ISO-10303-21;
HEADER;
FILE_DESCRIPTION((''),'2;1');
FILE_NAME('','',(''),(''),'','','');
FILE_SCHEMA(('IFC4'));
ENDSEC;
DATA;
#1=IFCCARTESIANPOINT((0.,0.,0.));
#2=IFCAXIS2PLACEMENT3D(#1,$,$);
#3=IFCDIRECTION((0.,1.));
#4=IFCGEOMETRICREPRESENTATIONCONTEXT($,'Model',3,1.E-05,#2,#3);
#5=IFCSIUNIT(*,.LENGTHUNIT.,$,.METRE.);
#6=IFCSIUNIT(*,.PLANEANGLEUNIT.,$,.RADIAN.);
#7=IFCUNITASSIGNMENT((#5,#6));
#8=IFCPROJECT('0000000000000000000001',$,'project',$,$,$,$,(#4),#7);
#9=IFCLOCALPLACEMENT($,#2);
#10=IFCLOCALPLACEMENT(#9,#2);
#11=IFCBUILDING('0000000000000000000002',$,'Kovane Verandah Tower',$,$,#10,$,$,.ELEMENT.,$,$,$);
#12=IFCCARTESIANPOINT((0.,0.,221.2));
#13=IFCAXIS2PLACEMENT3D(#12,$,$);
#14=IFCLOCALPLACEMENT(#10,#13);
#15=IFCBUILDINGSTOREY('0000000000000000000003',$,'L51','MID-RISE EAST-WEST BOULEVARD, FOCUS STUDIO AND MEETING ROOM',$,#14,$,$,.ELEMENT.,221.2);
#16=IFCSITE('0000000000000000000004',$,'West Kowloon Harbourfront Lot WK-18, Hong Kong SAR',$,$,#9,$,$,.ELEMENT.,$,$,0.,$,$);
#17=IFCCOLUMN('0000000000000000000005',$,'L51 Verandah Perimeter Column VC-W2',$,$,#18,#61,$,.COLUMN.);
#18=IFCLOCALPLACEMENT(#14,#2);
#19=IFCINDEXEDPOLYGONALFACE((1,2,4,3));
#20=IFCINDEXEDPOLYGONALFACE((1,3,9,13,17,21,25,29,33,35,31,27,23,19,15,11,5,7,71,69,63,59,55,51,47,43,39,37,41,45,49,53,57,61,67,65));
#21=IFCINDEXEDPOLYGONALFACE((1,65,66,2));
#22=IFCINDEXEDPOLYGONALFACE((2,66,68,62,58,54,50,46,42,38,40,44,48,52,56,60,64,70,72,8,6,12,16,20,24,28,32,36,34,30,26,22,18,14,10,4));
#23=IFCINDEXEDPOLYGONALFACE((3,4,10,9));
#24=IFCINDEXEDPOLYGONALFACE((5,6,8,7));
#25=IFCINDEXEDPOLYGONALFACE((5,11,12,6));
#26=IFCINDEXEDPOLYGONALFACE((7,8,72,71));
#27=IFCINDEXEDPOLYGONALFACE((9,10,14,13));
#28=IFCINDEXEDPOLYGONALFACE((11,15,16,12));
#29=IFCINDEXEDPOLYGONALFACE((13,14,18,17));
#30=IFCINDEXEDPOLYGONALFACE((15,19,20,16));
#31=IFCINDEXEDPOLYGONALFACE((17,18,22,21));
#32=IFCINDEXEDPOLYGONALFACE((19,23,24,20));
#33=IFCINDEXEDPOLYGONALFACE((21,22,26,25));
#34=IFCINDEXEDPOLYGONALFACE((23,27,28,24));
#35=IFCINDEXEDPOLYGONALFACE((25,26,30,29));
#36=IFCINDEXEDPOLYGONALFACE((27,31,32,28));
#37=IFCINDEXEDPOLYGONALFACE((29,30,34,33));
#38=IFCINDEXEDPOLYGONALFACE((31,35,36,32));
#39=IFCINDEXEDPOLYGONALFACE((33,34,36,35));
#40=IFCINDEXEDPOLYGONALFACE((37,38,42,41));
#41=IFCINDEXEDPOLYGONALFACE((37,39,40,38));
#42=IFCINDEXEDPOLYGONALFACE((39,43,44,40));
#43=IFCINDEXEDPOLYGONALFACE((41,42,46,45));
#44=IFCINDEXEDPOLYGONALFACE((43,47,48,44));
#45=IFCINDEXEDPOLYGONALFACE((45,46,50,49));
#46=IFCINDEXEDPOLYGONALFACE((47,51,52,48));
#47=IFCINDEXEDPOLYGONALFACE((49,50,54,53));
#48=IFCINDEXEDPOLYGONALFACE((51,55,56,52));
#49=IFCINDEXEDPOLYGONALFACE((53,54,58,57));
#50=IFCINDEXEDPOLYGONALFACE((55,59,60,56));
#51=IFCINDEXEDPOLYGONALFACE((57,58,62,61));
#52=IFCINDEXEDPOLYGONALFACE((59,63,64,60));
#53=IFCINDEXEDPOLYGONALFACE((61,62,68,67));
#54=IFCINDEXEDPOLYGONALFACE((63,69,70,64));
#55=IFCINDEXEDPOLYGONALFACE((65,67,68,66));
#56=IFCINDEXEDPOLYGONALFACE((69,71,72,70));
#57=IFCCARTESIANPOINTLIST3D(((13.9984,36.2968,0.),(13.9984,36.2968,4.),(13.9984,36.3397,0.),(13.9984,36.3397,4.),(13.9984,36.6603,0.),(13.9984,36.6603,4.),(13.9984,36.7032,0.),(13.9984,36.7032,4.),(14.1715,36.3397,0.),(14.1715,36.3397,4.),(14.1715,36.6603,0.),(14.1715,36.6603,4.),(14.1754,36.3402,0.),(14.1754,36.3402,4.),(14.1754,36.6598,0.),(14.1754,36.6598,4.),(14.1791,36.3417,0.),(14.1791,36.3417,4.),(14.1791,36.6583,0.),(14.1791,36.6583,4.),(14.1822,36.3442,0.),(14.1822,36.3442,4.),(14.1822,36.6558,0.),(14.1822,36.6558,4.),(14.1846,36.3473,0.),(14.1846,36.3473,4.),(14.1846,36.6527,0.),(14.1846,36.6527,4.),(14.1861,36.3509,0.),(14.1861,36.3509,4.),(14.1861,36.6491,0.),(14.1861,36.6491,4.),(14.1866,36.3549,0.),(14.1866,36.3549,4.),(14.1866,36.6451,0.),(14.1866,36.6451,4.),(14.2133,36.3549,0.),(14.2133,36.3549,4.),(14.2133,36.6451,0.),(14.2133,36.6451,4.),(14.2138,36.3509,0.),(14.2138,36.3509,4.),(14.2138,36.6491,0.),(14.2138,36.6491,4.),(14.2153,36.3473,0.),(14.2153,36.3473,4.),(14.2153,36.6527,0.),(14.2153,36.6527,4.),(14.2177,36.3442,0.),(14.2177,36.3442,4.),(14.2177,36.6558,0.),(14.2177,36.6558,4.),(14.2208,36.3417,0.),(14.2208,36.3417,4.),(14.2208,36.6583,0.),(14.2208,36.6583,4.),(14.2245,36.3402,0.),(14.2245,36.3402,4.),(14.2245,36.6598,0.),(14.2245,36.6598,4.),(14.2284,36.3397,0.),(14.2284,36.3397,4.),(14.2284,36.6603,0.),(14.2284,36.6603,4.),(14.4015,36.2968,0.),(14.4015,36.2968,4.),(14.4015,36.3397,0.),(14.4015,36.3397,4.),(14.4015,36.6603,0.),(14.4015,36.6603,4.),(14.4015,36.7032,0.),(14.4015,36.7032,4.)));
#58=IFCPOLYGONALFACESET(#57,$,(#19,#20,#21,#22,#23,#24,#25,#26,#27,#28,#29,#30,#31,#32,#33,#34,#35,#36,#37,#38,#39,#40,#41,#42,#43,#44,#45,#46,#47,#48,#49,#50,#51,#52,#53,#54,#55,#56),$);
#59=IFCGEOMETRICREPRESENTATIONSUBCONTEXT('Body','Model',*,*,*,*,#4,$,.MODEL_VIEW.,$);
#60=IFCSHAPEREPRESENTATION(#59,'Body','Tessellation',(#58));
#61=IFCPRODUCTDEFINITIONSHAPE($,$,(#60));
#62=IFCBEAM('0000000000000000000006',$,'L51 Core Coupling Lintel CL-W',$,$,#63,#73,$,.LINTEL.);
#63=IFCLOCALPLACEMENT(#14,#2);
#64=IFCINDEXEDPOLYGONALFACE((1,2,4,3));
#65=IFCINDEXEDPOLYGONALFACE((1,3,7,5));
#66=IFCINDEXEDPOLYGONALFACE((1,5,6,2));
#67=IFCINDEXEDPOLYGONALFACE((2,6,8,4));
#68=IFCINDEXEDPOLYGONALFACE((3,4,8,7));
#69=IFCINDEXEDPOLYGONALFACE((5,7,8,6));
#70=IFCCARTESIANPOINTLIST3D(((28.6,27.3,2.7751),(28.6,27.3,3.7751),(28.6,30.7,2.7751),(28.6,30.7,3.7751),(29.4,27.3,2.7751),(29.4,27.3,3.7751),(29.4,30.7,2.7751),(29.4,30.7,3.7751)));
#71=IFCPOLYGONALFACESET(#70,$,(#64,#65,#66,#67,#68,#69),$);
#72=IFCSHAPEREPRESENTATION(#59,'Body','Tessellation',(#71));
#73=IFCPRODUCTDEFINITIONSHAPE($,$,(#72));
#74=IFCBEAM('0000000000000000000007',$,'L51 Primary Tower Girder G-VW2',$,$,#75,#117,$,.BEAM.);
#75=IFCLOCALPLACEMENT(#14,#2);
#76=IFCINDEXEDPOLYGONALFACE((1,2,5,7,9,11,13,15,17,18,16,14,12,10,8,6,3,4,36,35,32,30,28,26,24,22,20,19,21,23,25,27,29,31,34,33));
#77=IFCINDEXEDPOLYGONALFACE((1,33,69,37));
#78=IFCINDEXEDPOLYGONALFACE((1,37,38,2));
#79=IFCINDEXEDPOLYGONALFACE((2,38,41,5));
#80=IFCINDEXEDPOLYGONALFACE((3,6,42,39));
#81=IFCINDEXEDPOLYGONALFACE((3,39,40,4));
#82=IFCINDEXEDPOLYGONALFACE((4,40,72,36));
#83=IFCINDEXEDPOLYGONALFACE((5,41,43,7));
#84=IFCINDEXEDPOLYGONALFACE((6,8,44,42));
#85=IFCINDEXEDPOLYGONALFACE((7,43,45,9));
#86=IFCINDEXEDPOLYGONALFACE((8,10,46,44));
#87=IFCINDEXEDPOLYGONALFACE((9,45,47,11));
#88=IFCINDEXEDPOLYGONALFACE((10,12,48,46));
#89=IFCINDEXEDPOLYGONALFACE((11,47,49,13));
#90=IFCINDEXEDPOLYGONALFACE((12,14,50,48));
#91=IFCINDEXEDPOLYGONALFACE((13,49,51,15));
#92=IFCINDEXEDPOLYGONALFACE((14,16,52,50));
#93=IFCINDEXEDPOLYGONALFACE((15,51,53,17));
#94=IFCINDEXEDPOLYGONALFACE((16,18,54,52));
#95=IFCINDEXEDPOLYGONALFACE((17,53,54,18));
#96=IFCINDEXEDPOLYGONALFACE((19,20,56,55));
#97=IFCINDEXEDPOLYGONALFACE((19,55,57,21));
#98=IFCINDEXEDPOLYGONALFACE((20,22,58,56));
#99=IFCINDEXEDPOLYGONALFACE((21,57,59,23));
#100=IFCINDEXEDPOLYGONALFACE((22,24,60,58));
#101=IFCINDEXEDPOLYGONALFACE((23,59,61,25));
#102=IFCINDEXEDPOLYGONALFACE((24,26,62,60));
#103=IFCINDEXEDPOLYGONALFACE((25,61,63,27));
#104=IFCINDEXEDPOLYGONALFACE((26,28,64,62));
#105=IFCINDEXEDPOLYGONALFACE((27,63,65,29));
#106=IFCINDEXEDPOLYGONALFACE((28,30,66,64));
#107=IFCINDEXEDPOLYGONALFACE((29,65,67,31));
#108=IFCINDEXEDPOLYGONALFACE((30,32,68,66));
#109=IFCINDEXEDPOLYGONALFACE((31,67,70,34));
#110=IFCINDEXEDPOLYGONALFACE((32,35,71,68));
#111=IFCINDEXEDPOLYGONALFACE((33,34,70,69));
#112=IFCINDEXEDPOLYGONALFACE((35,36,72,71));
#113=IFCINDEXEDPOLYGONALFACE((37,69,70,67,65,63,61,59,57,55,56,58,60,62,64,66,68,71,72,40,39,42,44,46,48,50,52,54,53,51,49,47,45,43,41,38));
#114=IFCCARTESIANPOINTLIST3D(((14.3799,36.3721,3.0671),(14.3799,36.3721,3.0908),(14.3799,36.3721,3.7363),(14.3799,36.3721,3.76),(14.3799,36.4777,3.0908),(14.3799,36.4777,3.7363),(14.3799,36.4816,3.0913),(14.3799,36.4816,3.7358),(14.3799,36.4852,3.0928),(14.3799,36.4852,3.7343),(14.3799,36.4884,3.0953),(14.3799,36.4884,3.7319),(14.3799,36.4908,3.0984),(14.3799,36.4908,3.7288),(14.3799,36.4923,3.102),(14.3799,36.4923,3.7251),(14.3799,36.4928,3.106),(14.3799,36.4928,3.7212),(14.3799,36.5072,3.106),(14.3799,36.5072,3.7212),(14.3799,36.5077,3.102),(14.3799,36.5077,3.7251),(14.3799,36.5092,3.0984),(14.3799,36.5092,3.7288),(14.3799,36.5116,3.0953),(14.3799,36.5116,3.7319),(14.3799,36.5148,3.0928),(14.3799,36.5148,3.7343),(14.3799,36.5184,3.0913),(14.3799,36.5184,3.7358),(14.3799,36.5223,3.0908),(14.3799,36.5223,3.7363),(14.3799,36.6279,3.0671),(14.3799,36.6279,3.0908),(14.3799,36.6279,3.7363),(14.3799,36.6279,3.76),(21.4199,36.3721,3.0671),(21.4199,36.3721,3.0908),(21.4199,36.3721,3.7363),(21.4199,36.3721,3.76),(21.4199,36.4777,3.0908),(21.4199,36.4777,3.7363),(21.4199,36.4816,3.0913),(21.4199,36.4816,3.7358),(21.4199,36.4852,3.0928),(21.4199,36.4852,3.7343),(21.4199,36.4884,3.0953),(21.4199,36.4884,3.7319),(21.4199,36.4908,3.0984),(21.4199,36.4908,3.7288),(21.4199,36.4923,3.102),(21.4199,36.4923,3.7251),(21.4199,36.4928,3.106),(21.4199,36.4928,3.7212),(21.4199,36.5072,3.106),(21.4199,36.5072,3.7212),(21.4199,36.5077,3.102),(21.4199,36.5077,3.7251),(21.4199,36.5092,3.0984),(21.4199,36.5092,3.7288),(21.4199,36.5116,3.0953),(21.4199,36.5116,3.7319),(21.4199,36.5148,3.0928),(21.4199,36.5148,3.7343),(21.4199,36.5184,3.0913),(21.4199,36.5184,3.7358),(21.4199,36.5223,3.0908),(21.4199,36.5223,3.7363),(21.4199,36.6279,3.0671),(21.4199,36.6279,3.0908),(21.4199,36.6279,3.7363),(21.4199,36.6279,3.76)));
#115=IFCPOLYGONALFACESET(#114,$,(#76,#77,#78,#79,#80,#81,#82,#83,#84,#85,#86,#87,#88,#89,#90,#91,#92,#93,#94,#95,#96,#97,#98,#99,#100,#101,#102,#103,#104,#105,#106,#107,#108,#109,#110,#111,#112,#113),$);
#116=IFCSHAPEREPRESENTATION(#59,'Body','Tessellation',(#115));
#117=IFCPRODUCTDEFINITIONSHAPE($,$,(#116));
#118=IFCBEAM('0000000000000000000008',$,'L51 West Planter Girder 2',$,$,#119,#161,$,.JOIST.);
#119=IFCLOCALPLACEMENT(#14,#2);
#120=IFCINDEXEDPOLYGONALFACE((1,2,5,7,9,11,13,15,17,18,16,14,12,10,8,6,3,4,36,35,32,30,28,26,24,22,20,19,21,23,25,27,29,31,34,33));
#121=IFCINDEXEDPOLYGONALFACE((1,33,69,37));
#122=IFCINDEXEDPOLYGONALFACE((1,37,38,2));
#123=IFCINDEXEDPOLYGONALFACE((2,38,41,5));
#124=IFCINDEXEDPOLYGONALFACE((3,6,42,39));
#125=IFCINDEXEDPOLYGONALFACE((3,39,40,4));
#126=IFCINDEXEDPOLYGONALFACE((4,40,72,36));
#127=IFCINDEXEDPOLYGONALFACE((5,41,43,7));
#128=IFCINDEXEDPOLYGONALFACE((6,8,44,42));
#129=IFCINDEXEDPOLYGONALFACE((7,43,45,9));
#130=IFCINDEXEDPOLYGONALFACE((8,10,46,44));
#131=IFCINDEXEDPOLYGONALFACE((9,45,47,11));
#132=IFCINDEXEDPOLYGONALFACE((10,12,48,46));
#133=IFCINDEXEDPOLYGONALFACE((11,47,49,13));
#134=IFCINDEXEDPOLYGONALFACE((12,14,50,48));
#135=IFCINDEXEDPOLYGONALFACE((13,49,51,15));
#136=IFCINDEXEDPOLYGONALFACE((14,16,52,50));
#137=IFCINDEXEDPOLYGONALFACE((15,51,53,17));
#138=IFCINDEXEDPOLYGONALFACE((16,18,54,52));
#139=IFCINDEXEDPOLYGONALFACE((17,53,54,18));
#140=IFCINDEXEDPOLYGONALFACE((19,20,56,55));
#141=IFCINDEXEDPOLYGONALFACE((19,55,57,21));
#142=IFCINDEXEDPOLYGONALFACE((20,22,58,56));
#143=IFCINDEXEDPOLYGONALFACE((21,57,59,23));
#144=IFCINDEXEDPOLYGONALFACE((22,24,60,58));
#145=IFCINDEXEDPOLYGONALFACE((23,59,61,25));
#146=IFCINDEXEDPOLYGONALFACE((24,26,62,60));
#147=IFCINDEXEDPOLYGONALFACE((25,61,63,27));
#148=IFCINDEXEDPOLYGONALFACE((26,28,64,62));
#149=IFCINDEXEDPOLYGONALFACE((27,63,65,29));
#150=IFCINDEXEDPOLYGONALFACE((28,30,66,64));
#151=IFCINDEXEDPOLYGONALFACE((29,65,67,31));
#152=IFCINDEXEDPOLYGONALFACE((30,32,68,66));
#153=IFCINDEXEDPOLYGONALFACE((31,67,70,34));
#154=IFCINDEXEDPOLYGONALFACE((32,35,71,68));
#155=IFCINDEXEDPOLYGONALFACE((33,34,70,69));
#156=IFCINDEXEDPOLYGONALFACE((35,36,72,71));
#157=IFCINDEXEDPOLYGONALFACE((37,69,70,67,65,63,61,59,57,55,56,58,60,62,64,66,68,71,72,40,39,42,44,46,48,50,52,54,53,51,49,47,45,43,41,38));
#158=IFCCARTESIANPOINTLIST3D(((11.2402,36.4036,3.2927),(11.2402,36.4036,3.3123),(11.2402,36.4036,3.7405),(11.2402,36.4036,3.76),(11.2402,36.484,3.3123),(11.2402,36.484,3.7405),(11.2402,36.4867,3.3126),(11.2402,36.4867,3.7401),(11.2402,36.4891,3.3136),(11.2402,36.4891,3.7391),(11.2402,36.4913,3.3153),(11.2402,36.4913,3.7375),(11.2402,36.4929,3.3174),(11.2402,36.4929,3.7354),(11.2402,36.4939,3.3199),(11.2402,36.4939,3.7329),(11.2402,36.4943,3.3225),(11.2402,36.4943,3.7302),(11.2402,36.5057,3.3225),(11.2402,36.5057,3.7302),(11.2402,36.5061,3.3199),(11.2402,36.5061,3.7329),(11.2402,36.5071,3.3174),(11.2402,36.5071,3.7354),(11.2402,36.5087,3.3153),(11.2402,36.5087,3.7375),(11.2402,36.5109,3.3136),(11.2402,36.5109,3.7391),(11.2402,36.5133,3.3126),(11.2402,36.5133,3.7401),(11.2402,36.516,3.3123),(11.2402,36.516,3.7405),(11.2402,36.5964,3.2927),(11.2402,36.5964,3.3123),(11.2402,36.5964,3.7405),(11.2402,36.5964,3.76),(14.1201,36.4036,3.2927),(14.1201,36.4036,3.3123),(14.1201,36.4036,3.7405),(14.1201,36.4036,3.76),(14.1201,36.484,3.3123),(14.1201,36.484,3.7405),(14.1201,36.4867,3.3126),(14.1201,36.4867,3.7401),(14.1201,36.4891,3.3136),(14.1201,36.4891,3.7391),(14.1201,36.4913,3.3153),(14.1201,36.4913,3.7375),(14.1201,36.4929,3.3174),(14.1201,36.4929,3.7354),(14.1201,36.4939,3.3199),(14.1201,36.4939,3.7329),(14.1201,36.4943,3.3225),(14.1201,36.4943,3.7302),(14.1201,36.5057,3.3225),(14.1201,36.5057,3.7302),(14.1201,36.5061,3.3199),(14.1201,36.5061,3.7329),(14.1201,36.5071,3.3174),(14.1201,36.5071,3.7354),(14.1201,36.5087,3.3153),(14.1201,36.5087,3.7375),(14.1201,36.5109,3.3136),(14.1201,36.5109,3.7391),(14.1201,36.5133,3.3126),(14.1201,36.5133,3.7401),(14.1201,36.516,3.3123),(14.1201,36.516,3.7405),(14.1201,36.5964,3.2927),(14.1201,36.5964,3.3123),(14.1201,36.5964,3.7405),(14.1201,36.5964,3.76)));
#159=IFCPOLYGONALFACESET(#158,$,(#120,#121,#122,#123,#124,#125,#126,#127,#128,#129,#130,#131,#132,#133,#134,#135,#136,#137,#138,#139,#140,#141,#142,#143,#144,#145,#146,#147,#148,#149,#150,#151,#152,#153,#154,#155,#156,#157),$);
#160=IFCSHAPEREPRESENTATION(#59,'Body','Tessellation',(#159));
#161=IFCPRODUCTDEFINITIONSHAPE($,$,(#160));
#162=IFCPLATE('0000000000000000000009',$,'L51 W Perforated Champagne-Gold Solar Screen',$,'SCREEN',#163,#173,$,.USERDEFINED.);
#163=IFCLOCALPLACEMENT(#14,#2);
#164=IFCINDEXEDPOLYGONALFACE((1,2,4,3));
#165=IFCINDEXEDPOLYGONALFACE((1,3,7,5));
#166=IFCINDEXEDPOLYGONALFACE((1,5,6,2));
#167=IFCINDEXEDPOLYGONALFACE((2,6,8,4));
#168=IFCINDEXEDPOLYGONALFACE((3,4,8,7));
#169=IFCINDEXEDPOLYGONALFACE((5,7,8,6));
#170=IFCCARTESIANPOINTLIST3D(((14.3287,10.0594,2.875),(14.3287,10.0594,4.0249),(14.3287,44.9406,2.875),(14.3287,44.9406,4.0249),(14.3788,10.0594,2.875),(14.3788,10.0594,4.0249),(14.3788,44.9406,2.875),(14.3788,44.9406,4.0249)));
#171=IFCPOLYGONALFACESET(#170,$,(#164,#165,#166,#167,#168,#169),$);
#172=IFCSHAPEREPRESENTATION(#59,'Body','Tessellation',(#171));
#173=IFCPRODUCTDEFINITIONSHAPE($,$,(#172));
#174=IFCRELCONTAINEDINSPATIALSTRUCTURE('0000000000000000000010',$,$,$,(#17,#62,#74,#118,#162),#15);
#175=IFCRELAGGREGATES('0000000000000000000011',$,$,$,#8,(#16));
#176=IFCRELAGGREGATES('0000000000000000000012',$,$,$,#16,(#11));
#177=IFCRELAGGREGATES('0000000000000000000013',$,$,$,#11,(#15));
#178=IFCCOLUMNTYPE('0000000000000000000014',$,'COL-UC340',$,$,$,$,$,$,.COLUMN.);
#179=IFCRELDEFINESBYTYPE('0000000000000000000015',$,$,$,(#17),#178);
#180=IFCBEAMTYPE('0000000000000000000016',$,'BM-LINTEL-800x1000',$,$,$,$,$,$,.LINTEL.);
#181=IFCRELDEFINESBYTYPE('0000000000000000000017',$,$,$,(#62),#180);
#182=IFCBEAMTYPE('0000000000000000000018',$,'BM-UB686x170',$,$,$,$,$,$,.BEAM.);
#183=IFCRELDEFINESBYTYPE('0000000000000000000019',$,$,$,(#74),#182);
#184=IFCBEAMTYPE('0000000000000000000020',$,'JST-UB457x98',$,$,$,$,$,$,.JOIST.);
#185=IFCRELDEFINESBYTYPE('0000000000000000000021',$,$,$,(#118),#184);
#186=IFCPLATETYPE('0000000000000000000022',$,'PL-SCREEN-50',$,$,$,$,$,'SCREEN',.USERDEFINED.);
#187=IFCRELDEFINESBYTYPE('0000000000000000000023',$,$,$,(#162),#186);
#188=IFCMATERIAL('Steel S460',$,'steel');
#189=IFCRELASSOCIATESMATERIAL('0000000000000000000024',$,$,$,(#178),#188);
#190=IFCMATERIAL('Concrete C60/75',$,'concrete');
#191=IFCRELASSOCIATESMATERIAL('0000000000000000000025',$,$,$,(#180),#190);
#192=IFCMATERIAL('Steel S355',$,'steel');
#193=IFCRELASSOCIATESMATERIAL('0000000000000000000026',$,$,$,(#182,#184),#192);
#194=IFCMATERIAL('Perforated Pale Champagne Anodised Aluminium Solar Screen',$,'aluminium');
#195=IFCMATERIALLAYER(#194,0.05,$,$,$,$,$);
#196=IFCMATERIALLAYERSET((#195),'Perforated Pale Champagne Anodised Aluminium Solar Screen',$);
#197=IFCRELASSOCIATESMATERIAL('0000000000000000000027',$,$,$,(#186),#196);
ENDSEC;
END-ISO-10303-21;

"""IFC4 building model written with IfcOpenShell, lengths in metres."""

from ifc_helpers import new_model, si_unit, direction, frame, origin, origin_2d, place, context, subcontext, project, spatial, rectangle, i_section, extrude, material, layer, layer_set, material_profile, profile_set, type_object, element, save


model = new_model("IFC4")

# Units and contexts
model_context = context("Model", 3, precision=1e-05, world=origin(), true_north=direction((0.0, 1.0)))
body_context = subcontext(model_context, "Body", "Model", "MODEL_VIEW")
ifc_project = project(units=[si_unit("LENGTHUNIT", "METRE"), si_unit("PLANEANGLEUNIT", "RADIAN")], contexts=[model_context])

# Site, building, storey
site_placement = place(None, origin())
site = spatial("IfcSite", under=ifc_project, at=site_placement, Name="West Kowloon Harbourfront Lot WK-18, Hong Kong SAR", CompositionType="ELEMENT", RefElevation=0.0)
building_placement = place(site_placement, origin())
building = spatial("IfcBuilding", under=site, at=building_placement, Name="Kovane Verandah Tower", CompositionType="ELEMENT")
storey_placement = place(building_placement, frame((0.0, 0.0, 221.2)))
storey = spatial("IfcBuildingStorey", under=building, at=storey_placement, Name="L51", Description="MID-RISE EAST-WEST BOULEVARD, FOCUS STUDIO AND MEETING ROOM", CompositionType="ELEMENT", Elevation=221.2)

# Column
ifc_material_1 = material(Name="Steel S460", Category="steel")
ifc_material_profile_1 = material_profile(ifc_material_1, i_section(OverallWidth=0.4031, OverallDepth=0.4065, WebThickness=0.0266, FlangeThickness=0.043, FilletRadius=0.0151, at=origin_2d()), Name="UC356x406x340")
ifc_profile_set_1 = profile_set([ifc_material_profile_1], Name="Steel S460")
column_type = type_object("IfcColumnType", Name="COL-UC340", PredefinedType="COLUMN", material=ifc_profile_set_1)
column_placement = place(storey_placement, frame((14.2, 36.5, 0.0), z_axis=(0.0, 0.0, 1.0), x_axis=(1.0, 0.0, 0.0)))
element("IfcColumn", 1, at=column_placement, inside=storey, type_object=column_type, Name="L51 Verandah Perimeter Column VC-W2", PredefinedType="COLUMN", context=body_context, shape_type="SweptSolid", body=[
    extrude(i_section(OverallWidth=0.4031, OverallDepth=0.4065, WebThickness=0.0266, FlangeThickness=0.043, FilletRadius=0.0151, at=origin_2d()), origin(), (0.0, 0.0, 1.0), 4.0),
])

# Beams
ifc_material_2 = material(Name="Concrete C60/75", Category="concrete")
ifc_material_profile_2 = material_profile(ifc_material_2, rectangle(XDim=0.8, YDim=1.0, at=origin_2d()), Name="RCB800x1000")
ifc_profile_set_2 = profile_set([ifc_material_profile_2], Name="Concrete C60/75")
beam_type_1 = type_object("IfcBeamType", Name="BM-LINTEL-800x1000", PredefinedType="LINTEL", material=ifc_profile_set_2)
beam_1_placement = place(storey_placement, frame((29.0, 27.3, 3.2751), z_axis=(0.0, 1.0, 0.0), x_axis=(-1.0, 0.0, 0.0)))
element("IfcBeam", 2, at=beam_1_placement, inside=storey, type_object=beam_type_1, Name="L51 Core Coupling Lintel CL-W", PredefinedType="LINTEL", context=body_context, shape_type="SweptSolid", body=[
    extrude(rectangle(XDim=0.8, YDim=1.0, at=origin_2d()), origin(), (0.0, 0.0, 1.0), 3.3999),
])
ifc_material_3 = material(Name="Steel S355", Category="steel")
ifc_material_profile_3 = material_profile(ifc_material_3, i_section(OverallWidth=0.2559, OverallDepth=0.6929, WebThickness=0.0144, FlangeThickness=0.0237, FilletRadius=0.0151, at=origin_2d()), Name="UB686x254x170")
ifc_profile_set_3 = profile_set([ifc_material_profile_3], Name="Steel S355")
beam_type_2 = type_object("IfcBeamType", Name="BM-UB686x170", PredefinedType="BEAM", material=ifc_profile_set_3)
beam_2_placement = place(storey_placement, frame((21.4199, 36.5, 3.4136), z_axis=(-1.0, 0.0, 0.0), x_axis=(0.0, -1.0, 0.0)))
element("IfcBeam", 3, at=beam_2_placement, inside=storey, type_object=beam_type_2, Name="L51 Primary Tower Girder G-VW2", PredefinedType="BEAM", context=body_context, shape_type="SweptSolid", body=[
    extrude(i_section(OverallWidth=0.2559, OverallDepth=0.6929, WebThickness=0.0144, FlangeThickness=0.0237, FilletRadius=0.0151, at=origin_2d()), origin(), (0.0, 0.0, 1.0), 7.04),
])
ifc_material_profile_4 = material_profile(ifc_material_3, i_section(OverallWidth=0.1929, OverallDepth=0.4673, WebThickness=0.0115, FlangeThickness=0.0195, FilletRadius=0.0103, at=origin_2d()), Name="UB457x191x98")
ifc_profile_set_4 = profile_set([ifc_material_profile_4], Name="Steel S355")
beam_type_3 = type_object("IfcBeamType", Name="JST-UB457x98", PredefinedType="JOIST", material=ifc_profile_set_4)
beam_3_placement = place(storey_placement, frame((14.1201, 36.5, 3.5264), z_axis=(-1.0, 0.0, 0.0), x_axis=(0.0, -1.0, 0.0)))
element("IfcBeam", 4, at=beam_3_placement, inside=storey, type_object=beam_type_3, Name="L51 West Planter Girder 2", PredefinedType="JOIST", context=body_context, shape_type="SweptSolid", body=[
    extrude(i_section(OverallWidth=0.1929, OverallDepth=0.4673, WebThickness=0.0115, FlangeThickness=0.0195, FilletRadius=0.0103, at=origin_2d()), origin(), (0.0, 0.0, 1.0), 2.8799),
])

# Plate
ifc_material_4 = material(Name="Perforated Pale Champagne Anodised Aluminium Solar Screen", Category="aluminium")
ifc_layer_1 = layer(ifc_material_4, 0.05)
ifc_layer_set_1 = layer_set([ifc_layer_1], Name="Perforated Pale Champagne Anodised Aluminium Solar Screen")
plate_type = type_object("IfcPlateType", Name="PL-SCREEN-50", ElementType="SCREEN", PredefinedType="USERDEFINED", material=ifc_layer_set_1)
plate_placement = place(storey_placement, frame((14.3538, 27.5, 2.875), z_axis=(0.0, 0.0, 1.0), x_axis=(0.0, -1.0, 0.0)))
element("IfcPlate", 5, at=plate_placement, inside=storey, type_object=plate_type, Name="L51 W Perforated Champagne-Gold Solar Screen", ObjectType="SCREEN", PredefinedType="USERDEFINED", context=body_context, shape_type="SweptSolid", body=[
    extrude(rectangle(XDim=34.8811, YDim=0.05, at=origin_2d()), origin(), (0.0, 0.0, 1.0), 1.1499),
])

save(model, "model.ifc")
